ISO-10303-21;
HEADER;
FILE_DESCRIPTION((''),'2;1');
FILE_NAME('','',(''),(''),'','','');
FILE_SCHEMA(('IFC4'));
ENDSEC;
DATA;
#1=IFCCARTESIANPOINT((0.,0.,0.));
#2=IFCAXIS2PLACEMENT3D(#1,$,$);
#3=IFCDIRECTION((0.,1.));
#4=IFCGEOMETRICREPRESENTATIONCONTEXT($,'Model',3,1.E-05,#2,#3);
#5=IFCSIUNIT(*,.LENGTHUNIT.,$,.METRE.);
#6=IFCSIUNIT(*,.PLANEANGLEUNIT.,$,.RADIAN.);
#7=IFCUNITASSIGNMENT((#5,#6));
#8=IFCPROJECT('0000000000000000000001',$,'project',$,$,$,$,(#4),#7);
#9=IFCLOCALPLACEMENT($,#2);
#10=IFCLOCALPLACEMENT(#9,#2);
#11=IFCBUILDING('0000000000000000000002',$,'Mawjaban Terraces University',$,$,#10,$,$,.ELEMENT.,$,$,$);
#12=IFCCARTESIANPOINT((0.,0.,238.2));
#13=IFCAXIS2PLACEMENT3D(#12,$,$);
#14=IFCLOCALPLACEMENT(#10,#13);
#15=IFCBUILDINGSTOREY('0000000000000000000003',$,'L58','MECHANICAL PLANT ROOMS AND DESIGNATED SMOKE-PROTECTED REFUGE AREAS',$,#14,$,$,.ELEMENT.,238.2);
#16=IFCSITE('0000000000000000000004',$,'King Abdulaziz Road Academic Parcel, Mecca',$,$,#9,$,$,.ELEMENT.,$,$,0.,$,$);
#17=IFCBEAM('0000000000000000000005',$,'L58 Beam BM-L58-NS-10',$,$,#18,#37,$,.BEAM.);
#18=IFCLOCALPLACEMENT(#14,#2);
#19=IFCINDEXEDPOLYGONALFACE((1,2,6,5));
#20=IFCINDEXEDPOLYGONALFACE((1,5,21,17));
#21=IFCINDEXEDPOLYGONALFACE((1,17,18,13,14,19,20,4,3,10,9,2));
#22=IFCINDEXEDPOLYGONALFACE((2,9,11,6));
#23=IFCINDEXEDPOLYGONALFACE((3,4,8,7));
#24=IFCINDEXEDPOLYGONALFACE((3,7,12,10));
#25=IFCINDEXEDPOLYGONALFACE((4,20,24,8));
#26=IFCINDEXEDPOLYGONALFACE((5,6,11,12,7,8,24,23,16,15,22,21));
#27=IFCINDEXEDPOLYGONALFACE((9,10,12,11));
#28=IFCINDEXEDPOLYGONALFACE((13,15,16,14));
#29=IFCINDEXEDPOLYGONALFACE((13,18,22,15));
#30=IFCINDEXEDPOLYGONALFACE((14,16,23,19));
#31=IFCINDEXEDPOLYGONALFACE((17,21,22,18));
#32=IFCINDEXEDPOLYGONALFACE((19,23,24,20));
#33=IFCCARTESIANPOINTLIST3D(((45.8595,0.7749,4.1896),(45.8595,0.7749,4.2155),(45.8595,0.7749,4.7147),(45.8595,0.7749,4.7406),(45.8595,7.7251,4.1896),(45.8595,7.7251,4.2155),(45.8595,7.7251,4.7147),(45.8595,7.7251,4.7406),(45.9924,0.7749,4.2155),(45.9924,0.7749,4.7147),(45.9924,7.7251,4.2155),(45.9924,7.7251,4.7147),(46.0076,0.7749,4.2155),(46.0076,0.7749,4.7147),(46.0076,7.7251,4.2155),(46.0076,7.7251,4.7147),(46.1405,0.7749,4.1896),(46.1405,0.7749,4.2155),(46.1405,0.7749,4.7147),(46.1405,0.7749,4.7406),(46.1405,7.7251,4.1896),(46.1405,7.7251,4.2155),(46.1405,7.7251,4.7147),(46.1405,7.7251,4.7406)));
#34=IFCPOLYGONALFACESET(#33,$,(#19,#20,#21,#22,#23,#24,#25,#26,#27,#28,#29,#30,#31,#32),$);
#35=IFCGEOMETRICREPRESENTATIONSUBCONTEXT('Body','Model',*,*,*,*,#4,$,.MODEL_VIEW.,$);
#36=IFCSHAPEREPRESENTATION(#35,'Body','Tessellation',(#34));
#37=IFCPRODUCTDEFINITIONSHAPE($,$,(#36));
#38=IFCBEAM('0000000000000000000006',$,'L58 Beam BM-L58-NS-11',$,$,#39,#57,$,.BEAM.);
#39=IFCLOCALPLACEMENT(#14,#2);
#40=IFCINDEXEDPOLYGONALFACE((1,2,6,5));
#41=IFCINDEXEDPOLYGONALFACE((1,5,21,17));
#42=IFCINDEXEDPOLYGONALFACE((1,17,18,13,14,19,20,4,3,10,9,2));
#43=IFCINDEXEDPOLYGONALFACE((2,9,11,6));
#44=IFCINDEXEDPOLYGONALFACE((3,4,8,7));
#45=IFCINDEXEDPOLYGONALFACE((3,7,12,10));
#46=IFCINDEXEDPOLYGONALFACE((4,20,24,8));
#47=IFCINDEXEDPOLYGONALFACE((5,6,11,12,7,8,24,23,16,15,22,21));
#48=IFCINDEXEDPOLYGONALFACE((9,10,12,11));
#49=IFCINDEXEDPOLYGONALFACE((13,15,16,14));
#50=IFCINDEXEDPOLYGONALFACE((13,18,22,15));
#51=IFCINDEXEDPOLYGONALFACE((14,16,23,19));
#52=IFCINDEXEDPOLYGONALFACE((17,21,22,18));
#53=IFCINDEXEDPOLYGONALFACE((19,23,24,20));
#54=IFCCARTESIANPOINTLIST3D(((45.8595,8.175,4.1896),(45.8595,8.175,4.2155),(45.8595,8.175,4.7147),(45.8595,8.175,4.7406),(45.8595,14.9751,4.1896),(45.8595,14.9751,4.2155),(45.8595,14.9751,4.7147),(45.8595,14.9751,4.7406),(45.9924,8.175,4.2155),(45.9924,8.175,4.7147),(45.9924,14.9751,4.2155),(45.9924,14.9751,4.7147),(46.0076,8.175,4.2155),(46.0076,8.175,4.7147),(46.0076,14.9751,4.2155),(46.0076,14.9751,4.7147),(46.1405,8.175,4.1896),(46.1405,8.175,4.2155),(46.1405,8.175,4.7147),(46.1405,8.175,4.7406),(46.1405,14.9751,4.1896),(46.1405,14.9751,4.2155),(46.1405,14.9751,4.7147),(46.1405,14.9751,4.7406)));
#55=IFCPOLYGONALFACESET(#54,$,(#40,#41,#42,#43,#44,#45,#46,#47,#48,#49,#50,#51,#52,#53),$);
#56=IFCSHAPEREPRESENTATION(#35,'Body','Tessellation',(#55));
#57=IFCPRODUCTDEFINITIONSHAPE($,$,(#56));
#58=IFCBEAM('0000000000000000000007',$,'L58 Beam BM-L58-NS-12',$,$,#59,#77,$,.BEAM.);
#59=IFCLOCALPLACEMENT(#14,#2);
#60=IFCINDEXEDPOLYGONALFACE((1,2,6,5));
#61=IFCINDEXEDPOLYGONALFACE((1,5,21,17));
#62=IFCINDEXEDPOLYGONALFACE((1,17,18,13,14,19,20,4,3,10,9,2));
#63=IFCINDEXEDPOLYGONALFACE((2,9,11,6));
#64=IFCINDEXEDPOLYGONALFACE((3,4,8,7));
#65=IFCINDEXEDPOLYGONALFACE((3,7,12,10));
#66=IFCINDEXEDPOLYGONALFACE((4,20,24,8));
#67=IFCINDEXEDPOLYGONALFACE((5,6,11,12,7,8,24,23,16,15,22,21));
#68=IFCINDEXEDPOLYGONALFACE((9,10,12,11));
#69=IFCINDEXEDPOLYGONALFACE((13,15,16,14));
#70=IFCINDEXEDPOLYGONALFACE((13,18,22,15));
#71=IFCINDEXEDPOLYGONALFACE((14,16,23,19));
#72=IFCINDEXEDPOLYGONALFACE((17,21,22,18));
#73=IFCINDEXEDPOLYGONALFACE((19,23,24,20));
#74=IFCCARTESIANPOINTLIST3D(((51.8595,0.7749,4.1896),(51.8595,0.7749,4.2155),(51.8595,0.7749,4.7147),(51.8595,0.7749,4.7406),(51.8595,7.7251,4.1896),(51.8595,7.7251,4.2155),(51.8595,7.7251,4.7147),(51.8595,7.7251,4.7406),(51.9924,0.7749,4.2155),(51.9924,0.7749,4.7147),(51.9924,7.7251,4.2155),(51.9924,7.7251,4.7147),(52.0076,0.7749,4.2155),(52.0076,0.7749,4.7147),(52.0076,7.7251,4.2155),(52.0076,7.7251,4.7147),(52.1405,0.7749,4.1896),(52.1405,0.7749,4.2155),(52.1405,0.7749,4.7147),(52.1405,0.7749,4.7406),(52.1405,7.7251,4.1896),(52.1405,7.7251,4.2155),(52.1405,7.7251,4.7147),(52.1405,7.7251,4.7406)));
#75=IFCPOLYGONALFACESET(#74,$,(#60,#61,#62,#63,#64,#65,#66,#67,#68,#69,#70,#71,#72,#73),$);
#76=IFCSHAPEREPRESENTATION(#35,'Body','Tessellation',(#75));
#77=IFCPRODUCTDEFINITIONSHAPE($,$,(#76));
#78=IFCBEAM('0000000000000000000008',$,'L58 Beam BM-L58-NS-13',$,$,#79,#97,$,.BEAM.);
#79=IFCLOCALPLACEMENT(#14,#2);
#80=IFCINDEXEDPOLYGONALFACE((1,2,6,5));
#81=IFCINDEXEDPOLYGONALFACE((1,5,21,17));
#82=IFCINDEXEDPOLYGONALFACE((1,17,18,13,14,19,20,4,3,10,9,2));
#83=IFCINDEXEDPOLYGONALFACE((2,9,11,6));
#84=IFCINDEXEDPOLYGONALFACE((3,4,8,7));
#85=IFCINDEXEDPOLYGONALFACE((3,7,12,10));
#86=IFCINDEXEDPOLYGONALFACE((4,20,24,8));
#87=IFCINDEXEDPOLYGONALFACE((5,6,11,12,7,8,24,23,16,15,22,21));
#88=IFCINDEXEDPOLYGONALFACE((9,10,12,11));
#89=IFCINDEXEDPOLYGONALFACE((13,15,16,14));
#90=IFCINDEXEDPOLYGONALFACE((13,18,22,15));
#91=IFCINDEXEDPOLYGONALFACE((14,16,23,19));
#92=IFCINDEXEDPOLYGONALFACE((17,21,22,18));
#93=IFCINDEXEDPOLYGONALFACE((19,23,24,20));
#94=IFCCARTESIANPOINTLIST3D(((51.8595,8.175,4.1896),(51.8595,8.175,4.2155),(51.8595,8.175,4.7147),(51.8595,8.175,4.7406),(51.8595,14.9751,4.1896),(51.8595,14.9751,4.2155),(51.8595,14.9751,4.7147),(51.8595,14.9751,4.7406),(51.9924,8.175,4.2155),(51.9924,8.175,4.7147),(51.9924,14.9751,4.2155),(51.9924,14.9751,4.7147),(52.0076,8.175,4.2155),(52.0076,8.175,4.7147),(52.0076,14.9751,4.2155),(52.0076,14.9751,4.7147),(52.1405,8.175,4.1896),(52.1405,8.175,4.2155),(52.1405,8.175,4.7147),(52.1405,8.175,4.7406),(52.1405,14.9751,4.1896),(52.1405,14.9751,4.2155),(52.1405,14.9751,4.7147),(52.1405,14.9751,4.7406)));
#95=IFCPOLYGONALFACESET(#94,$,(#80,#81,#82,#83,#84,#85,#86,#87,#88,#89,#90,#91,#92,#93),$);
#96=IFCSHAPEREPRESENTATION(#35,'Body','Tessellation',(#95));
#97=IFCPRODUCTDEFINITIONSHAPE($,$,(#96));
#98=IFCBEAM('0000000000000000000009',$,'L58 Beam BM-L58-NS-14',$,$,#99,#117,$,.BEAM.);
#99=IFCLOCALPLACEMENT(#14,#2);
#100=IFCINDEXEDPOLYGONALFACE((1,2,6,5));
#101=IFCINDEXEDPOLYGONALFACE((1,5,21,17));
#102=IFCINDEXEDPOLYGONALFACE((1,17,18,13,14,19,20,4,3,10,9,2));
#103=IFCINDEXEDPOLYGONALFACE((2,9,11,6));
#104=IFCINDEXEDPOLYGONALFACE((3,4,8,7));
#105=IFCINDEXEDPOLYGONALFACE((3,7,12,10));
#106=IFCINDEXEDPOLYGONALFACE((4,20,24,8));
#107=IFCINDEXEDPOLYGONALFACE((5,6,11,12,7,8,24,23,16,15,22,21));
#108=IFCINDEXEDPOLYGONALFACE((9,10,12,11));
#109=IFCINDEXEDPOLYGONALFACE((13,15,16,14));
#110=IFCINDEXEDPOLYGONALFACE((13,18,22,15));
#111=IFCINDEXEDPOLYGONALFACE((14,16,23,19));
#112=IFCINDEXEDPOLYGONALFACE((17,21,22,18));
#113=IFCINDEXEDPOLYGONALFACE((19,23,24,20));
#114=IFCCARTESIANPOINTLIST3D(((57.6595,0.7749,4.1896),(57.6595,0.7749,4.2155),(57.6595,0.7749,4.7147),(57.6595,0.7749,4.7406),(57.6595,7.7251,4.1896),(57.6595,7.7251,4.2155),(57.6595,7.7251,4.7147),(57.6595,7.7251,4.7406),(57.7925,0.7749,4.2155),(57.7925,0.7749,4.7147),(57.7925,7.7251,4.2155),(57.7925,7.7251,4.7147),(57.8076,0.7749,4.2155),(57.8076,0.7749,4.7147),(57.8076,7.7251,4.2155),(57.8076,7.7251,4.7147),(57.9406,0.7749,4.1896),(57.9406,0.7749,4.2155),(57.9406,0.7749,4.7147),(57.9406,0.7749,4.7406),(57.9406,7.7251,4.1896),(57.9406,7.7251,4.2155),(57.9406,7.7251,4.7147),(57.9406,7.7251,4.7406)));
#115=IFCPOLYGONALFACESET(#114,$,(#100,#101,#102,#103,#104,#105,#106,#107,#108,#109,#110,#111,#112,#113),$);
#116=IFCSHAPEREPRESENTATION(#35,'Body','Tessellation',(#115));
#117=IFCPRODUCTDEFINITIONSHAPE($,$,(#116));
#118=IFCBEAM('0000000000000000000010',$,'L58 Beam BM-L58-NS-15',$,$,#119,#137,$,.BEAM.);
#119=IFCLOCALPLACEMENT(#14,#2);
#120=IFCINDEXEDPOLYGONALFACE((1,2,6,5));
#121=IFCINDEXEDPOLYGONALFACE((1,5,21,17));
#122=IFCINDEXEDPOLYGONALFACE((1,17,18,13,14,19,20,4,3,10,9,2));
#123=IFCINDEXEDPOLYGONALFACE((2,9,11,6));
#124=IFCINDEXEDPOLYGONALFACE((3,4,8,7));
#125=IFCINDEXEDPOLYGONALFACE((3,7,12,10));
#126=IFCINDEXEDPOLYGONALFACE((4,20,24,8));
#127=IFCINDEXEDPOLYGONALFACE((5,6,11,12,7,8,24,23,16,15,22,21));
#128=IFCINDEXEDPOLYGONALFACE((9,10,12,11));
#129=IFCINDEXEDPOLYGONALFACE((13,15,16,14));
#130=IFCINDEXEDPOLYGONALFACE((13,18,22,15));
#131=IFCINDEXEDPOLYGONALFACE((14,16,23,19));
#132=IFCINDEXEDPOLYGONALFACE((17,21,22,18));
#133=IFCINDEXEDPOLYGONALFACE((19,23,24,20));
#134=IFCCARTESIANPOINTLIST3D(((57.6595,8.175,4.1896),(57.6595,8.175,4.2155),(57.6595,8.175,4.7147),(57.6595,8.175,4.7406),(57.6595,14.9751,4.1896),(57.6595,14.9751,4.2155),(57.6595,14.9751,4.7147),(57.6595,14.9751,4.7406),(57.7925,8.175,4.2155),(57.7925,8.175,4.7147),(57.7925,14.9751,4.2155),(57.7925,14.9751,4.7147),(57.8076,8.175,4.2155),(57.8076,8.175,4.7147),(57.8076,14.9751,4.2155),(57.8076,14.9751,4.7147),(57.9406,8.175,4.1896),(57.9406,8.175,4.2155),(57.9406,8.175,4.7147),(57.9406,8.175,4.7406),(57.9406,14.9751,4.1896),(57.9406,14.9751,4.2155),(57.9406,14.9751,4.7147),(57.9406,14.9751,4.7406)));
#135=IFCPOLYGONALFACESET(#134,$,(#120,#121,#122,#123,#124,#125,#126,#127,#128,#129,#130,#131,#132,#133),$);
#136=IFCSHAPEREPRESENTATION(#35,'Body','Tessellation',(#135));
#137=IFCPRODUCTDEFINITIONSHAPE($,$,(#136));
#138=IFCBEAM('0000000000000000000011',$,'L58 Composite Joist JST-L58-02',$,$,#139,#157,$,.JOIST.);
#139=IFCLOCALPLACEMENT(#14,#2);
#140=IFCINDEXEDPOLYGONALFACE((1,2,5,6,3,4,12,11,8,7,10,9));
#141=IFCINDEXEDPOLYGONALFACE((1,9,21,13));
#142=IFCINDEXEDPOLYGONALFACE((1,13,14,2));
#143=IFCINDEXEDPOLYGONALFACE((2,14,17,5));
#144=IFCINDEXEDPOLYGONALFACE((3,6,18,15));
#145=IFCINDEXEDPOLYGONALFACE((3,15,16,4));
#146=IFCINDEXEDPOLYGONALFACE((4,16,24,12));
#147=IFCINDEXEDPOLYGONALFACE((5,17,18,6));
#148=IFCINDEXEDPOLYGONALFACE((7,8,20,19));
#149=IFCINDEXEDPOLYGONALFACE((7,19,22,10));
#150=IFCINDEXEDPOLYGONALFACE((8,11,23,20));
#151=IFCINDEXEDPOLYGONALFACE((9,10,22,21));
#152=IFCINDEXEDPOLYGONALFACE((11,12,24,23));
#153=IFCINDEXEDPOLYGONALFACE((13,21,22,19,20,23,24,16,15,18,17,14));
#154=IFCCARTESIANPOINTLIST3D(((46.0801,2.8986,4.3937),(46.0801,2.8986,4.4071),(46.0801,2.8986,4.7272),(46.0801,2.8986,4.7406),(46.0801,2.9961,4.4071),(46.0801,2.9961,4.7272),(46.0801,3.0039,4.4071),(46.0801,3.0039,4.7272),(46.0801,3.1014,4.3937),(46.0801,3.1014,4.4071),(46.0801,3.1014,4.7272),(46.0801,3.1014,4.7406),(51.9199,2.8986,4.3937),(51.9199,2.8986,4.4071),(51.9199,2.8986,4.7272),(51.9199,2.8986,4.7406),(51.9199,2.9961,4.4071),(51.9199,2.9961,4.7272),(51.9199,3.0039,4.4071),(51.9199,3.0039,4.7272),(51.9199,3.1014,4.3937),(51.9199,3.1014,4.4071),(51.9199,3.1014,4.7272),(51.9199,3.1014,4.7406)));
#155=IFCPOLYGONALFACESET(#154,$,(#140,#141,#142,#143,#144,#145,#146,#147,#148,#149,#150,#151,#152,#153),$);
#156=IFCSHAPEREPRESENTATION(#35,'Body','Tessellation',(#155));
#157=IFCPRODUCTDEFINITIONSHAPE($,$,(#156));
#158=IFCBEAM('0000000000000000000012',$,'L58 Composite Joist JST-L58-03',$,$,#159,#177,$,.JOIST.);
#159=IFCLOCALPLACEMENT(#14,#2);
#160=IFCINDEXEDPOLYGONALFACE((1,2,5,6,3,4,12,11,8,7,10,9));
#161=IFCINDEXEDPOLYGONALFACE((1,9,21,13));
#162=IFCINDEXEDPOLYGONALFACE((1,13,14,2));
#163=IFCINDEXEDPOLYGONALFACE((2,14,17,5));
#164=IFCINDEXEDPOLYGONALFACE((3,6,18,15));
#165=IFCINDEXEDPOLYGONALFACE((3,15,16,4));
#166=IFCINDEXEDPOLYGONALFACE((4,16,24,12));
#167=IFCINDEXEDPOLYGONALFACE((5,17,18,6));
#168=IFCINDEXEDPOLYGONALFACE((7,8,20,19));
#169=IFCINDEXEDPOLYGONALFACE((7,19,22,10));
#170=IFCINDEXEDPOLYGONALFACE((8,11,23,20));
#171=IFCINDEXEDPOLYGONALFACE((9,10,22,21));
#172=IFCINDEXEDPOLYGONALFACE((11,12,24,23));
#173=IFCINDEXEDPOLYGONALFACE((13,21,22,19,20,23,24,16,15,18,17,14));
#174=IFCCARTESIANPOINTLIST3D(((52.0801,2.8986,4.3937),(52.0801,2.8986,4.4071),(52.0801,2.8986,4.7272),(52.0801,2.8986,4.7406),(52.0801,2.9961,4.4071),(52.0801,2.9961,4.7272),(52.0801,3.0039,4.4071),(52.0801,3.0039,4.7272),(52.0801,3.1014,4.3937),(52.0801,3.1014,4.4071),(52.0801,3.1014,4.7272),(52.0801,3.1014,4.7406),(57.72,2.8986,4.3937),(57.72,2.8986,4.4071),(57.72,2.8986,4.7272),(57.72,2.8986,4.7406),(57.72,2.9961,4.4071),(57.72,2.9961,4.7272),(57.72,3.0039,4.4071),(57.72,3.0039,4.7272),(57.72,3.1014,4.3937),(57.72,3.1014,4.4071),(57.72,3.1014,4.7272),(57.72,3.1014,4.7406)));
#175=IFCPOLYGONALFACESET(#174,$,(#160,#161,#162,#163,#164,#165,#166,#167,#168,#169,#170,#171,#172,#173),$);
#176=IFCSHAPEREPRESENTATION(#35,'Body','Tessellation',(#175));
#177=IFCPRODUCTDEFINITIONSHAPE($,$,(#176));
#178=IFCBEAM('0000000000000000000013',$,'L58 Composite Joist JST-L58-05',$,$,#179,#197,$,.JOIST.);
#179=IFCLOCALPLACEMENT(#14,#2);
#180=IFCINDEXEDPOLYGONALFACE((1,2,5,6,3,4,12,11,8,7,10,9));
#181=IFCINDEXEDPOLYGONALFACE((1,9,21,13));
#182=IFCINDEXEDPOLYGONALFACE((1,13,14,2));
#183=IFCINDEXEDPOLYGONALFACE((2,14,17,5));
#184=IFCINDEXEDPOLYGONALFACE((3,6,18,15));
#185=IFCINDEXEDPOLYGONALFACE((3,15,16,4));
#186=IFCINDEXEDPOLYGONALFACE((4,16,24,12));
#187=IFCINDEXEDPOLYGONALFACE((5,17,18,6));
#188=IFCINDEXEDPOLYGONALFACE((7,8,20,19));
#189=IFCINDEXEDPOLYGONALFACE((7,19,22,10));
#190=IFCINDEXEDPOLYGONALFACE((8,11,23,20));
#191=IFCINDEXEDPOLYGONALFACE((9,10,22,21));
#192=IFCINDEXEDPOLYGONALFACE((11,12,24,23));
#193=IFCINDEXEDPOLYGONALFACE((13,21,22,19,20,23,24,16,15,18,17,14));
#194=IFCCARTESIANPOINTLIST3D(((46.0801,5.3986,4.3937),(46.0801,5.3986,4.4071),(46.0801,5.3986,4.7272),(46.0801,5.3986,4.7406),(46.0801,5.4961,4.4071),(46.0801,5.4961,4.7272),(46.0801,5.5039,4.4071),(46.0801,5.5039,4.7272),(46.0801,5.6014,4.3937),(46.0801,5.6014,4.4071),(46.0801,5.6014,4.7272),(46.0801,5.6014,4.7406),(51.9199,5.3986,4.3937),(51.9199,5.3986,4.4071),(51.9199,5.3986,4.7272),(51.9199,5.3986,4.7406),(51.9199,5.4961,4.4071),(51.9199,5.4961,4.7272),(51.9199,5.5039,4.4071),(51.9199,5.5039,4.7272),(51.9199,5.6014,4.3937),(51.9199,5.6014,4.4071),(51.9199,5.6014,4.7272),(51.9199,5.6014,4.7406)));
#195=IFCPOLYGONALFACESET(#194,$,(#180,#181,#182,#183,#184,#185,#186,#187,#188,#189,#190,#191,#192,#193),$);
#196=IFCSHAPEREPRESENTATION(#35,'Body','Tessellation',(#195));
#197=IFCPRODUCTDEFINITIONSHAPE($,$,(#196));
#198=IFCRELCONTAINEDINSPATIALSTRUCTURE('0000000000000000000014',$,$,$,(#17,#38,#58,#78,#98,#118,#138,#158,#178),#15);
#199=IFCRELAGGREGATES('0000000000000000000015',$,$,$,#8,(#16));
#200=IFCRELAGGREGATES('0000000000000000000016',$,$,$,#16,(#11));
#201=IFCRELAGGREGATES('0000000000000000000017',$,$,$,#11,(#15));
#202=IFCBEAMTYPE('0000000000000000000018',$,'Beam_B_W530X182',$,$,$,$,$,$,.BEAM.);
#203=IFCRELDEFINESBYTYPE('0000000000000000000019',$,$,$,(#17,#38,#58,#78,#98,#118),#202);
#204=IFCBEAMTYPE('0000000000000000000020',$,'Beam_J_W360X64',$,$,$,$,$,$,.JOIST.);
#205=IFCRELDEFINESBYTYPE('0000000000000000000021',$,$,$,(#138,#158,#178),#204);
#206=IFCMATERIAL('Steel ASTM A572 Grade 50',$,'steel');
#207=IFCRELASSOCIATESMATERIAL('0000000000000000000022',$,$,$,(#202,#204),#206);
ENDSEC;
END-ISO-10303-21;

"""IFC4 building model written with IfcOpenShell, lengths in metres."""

from ifc_helpers import new_model, si_unit, direction, frame, origin, origin_2d, place, context, subcontext, project, spatial, i_section, extrude, material, material_profile, profile_set, type_object, element, save


model = new_model("IFC4")

# Units and contexts
model_context = context("Model", 3, precision=1e-05, world=origin(), true_north=direction((0.0, 1.0)))
body_context = subcontext(model_context, "Body", "Model", "MODEL_VIEW")
ifc_project = project(units=[si_unit("LENGTHUNIT", "METRE"), si_unit("PLANEANGLEUNIT", "RADIAN")], contexts=[model_context])

# Site, building, storey
site_placement = place(None, origin())
site = spatial("IfcSite", under=ifc_project, at=site_placement, Name="King Abdulaziz Road Academic Parcel, Mecca", CompositionType="ELEMENT", RefElevation=0.0)
building_placement = place(site_placement, origin())
building = spatial("IfcBuilding", under=site, at=building_placement, Name="Mawjaban Terraces University", CompositionType="ELEMENT")
storey_placement = place(building_placement, frame((0.0, 0.0, 238.2)))
storey = spatial("IfcBuildingStorey", under=building, at=storey_placement, Name="L58", Description="MECHANICAL PLANT ROOMS AND DESIGNATED SMOKE-PROTECTED REFUGE AREAS", CompositionType="ELEMENT", Elevation=238.2)

# Beams
ifc_material_1 = material(Name="Steel ASTM A572 Grade 50", Category="steel")
ifc_material_profile_1 = material_profile(ifc_material_1, i_section(OverallWidth=0.281, OverallDepth=0.551, WebThickness=0.0151, FlangeThickness=0.0259, at=origin_2d()), Name="W530X182")
ifc_profile_set_1 = profile_set([ifc_material_profile_1], Name="Steel ASTM A572 Grade 50")
beam_type_1 = type_object("IfcBeamType", Name="Beam_B_W530X182", PredefinedType="BEAM", material=ifc_profile_set_1)
beam_1_placement = place(storey_placement, frame((46.0, 0.7749, 4.4651), z_axis=(0.0, 1.0, 0.0), x_axis=(-1.0, 0.0, 0.0)))
element("IfcBeam", 1, at=beam_1_placement, inside=storey, type_object=beam_type_1, Name="L58 Beam BM-L58-NS-10", PredefinedType="BEAM", context=body_context, shape_type="SweptSolid", body=[
    extrude(i_section(OverallWidth=0.281, OverallDepth=0.551, WebThickness=0.0151, FlangeThickness=0.0259, at=origin_2d()), origin(), (0.0, 0.0, 1.0), 6.9502),
])
beam_2_placement = place(storey_placement, frame((46.0, 8.175, 4.4651), z_axis=(0.0, 1.0, 0.0), x_axis=(-1.0, 0.0, 0.0)))
element("IfcBeam", 2, at=beam_2_placement, inside=storey, type_object=beam_type_1, Name="L58 Beam BM-L58-NS-11", PredefinedType="BEAM", context=body_context, shape_type="SweptSolid", body=[
    extrude(i_section(OverallWidth=0.281, OverallDepth=0.551, WebThickness=0.0151, FlangeThickness=0.0259, at=origin_2d()), origin(), (0.0, 0.0, 1.0), 6.8),
])
beam_3_placement = place(storey_placement, frame((52.0, 0.7749, 4.4651), z_axis=(0.0, 1.0, 0.0), x_axis=(-1.0, 0.0, 0.0)))
element("IfcBeam", 3, at=beam_3_placement, inside=storey, type_object=beam_type_1, Name="L58 Beam BM-L58-NS-12", PredefinedType="BEAM", context=body_context, shape_type="SweptSolid", body=[
    extrude(i_section(OverallWidth=0.281, OverallDepth=0.551, WebThickness=0.0151, FlangeThickness=0.0259, at=origin_2d()), origin(), (0.0, 0.0, 1.0), 6.9502),
])
beam_4_placement = place(storey_placement, frame((52.0, 8.175, 4.4651), z_axis=(0.0, 1.0, 0.0), x_axis=(-1.0, 0.0, 0.0)))
element("IfcBeam", 4, at=beam_4_placement, inside=storey, type_object=beam_type_1, Name="L58 Beam BM-L58-NS-13", PredefinedType="BEAM", context=body_context, shape_type="SweptSolid", body=[
    extrude(i_section(OverallWidth=0.281, OverallDepth=0.551, WebThickness=0.0151, FlangeThickness=0.0259, at=origin_2d()), origin(), (0.0, 0.0, 1.0), 6.8),
])
beam_5_placement = place(storey_placement, frame((57.8, 0.7749, 4.4651), z_axis=(0.0, 1.0, 0.0), x_axis=(-1.0, 0.0, 0.0)))
element("IfcBeam", 5, at=beam_5_placement, inside=storey, type_object=beam_type_1, Name="L58 Beam BM-L58-NS-14", PredefinedType="BEAM", context=body_context, shape_type="SweptSolid", body=[
    extrude(i_section(OverallWidth=0.281, OverallDepth=0.551, WebThickness=0.0151, FlangeThickness=0.0259, at=origin_2d()), origin(), (0.0, 0.0, 1.0), 6.9502),
])
beam_6_placement = place(storey_placement, frame((57.8, 8.175, 4.4651), z_axis=(0.0, 1.0, 0.0), x_axis=(-1.0, 0.0, 0.0)))
element("IfcBeam", 6, at=beam_6_placement, inside=storey, type_object=beam_type_1, Name="L58 Beam BM-L58-NS-15", PredefinedType="BEAM", context=body_context, shape_type="SweptSolid", body=[
    extrude(i_section(OverallWidth=0.281, OverallDepth=0.551, WebThickness=0.0151, FlangeThickness=0.0259, at=origin_2d()), origin(), (0.0, 0.0, 1.0), 6.8),
])
ifc_material_profile_2 = material_profile(ifc_material_1, i_section(OverallWidth=0.2029, OverallDepth=0.3469, WebThickness=0.0078, FlangeThickness=0.0134, at=origin_2d()), Name="W360X64")
ifc_profile_set_2 = profile_set([ifc_material_profile_2], Name="Steel ASTM A572 Grade 50")
beam_type_2 = type_object("IfcBeamType", Name="Beam_J_W360X64", PredefinedType="JOIST", material=ifc_profile_set_2)
beam_7_placement = place(storey_placement, frame((46.0801, 3.0, 4.5671), z_axis=(1.0, 0.0, 0.0), x_axis=(0.0, 1.0, 0.0)))
element("IfcBeam", 7, at=beam_7_placement, inside=storey, type_object=beam_type_2, Name="L58 Composite Joist JST-L58-02", PredefinedType="JOIST", context=body_context, shape_type="SweptSolid", body=[
    extrude(i_section(OverallWidth=0.2029, OverallDepth=0.3469, WebThickness=0.0078, FlangeThickness=0.0134, at=origin_2d()), origin(), (0.0, 0.0, 1.0), 5.8398),
])
beam_8_placement = place(storey_placement, frame((52.0801, 3.0, 4.5671), z_axis=(1.0, 0.0, 0.0), x_axis=(0.0, 1.0, 0.0)))
element("IfcBeam", 8, at=beam_8_placement, inside=storey, type_object=beam_type_2, Name="L58 Composite Joist JST-L58-03", PredefinedType="JOIST", context=body_context, shape_type="SweptSolid", body=[
    extrude(i_section(OverallWidth=0.2029, OverallDepth=0.3469, WebThickness=0.0078, FlangeThickness=0.0134, at=origin_2d()), origin(), (0.0, 0.0, 1.0), 5.6399),
])
beam_9_placement = place(storey_placement, frame((46.0801, 5.5, 4.5671), z_axis=(1.0, 0.0, 0.0), x_axis=(0.0, 1.0, 0.0)))
element("IfcBeam", 9, at=beam_9_placement, inside=storey, type_object=beam_type_2, Name="L58 Composite Joist JST-L58-05", PredefinedType="JOIST", context=body_context, shape_type="SweptSolid", body=[
    extrude(i_section(OverallWidth=0.2029, OverallDepth=0.3469, WebThickness=0.0078, FlangeThickness=0.0134, at=origin_2d()), origin(), (0.0, 0.0, 1.0), 5.8398),
])

save(model, "model.ifc")
